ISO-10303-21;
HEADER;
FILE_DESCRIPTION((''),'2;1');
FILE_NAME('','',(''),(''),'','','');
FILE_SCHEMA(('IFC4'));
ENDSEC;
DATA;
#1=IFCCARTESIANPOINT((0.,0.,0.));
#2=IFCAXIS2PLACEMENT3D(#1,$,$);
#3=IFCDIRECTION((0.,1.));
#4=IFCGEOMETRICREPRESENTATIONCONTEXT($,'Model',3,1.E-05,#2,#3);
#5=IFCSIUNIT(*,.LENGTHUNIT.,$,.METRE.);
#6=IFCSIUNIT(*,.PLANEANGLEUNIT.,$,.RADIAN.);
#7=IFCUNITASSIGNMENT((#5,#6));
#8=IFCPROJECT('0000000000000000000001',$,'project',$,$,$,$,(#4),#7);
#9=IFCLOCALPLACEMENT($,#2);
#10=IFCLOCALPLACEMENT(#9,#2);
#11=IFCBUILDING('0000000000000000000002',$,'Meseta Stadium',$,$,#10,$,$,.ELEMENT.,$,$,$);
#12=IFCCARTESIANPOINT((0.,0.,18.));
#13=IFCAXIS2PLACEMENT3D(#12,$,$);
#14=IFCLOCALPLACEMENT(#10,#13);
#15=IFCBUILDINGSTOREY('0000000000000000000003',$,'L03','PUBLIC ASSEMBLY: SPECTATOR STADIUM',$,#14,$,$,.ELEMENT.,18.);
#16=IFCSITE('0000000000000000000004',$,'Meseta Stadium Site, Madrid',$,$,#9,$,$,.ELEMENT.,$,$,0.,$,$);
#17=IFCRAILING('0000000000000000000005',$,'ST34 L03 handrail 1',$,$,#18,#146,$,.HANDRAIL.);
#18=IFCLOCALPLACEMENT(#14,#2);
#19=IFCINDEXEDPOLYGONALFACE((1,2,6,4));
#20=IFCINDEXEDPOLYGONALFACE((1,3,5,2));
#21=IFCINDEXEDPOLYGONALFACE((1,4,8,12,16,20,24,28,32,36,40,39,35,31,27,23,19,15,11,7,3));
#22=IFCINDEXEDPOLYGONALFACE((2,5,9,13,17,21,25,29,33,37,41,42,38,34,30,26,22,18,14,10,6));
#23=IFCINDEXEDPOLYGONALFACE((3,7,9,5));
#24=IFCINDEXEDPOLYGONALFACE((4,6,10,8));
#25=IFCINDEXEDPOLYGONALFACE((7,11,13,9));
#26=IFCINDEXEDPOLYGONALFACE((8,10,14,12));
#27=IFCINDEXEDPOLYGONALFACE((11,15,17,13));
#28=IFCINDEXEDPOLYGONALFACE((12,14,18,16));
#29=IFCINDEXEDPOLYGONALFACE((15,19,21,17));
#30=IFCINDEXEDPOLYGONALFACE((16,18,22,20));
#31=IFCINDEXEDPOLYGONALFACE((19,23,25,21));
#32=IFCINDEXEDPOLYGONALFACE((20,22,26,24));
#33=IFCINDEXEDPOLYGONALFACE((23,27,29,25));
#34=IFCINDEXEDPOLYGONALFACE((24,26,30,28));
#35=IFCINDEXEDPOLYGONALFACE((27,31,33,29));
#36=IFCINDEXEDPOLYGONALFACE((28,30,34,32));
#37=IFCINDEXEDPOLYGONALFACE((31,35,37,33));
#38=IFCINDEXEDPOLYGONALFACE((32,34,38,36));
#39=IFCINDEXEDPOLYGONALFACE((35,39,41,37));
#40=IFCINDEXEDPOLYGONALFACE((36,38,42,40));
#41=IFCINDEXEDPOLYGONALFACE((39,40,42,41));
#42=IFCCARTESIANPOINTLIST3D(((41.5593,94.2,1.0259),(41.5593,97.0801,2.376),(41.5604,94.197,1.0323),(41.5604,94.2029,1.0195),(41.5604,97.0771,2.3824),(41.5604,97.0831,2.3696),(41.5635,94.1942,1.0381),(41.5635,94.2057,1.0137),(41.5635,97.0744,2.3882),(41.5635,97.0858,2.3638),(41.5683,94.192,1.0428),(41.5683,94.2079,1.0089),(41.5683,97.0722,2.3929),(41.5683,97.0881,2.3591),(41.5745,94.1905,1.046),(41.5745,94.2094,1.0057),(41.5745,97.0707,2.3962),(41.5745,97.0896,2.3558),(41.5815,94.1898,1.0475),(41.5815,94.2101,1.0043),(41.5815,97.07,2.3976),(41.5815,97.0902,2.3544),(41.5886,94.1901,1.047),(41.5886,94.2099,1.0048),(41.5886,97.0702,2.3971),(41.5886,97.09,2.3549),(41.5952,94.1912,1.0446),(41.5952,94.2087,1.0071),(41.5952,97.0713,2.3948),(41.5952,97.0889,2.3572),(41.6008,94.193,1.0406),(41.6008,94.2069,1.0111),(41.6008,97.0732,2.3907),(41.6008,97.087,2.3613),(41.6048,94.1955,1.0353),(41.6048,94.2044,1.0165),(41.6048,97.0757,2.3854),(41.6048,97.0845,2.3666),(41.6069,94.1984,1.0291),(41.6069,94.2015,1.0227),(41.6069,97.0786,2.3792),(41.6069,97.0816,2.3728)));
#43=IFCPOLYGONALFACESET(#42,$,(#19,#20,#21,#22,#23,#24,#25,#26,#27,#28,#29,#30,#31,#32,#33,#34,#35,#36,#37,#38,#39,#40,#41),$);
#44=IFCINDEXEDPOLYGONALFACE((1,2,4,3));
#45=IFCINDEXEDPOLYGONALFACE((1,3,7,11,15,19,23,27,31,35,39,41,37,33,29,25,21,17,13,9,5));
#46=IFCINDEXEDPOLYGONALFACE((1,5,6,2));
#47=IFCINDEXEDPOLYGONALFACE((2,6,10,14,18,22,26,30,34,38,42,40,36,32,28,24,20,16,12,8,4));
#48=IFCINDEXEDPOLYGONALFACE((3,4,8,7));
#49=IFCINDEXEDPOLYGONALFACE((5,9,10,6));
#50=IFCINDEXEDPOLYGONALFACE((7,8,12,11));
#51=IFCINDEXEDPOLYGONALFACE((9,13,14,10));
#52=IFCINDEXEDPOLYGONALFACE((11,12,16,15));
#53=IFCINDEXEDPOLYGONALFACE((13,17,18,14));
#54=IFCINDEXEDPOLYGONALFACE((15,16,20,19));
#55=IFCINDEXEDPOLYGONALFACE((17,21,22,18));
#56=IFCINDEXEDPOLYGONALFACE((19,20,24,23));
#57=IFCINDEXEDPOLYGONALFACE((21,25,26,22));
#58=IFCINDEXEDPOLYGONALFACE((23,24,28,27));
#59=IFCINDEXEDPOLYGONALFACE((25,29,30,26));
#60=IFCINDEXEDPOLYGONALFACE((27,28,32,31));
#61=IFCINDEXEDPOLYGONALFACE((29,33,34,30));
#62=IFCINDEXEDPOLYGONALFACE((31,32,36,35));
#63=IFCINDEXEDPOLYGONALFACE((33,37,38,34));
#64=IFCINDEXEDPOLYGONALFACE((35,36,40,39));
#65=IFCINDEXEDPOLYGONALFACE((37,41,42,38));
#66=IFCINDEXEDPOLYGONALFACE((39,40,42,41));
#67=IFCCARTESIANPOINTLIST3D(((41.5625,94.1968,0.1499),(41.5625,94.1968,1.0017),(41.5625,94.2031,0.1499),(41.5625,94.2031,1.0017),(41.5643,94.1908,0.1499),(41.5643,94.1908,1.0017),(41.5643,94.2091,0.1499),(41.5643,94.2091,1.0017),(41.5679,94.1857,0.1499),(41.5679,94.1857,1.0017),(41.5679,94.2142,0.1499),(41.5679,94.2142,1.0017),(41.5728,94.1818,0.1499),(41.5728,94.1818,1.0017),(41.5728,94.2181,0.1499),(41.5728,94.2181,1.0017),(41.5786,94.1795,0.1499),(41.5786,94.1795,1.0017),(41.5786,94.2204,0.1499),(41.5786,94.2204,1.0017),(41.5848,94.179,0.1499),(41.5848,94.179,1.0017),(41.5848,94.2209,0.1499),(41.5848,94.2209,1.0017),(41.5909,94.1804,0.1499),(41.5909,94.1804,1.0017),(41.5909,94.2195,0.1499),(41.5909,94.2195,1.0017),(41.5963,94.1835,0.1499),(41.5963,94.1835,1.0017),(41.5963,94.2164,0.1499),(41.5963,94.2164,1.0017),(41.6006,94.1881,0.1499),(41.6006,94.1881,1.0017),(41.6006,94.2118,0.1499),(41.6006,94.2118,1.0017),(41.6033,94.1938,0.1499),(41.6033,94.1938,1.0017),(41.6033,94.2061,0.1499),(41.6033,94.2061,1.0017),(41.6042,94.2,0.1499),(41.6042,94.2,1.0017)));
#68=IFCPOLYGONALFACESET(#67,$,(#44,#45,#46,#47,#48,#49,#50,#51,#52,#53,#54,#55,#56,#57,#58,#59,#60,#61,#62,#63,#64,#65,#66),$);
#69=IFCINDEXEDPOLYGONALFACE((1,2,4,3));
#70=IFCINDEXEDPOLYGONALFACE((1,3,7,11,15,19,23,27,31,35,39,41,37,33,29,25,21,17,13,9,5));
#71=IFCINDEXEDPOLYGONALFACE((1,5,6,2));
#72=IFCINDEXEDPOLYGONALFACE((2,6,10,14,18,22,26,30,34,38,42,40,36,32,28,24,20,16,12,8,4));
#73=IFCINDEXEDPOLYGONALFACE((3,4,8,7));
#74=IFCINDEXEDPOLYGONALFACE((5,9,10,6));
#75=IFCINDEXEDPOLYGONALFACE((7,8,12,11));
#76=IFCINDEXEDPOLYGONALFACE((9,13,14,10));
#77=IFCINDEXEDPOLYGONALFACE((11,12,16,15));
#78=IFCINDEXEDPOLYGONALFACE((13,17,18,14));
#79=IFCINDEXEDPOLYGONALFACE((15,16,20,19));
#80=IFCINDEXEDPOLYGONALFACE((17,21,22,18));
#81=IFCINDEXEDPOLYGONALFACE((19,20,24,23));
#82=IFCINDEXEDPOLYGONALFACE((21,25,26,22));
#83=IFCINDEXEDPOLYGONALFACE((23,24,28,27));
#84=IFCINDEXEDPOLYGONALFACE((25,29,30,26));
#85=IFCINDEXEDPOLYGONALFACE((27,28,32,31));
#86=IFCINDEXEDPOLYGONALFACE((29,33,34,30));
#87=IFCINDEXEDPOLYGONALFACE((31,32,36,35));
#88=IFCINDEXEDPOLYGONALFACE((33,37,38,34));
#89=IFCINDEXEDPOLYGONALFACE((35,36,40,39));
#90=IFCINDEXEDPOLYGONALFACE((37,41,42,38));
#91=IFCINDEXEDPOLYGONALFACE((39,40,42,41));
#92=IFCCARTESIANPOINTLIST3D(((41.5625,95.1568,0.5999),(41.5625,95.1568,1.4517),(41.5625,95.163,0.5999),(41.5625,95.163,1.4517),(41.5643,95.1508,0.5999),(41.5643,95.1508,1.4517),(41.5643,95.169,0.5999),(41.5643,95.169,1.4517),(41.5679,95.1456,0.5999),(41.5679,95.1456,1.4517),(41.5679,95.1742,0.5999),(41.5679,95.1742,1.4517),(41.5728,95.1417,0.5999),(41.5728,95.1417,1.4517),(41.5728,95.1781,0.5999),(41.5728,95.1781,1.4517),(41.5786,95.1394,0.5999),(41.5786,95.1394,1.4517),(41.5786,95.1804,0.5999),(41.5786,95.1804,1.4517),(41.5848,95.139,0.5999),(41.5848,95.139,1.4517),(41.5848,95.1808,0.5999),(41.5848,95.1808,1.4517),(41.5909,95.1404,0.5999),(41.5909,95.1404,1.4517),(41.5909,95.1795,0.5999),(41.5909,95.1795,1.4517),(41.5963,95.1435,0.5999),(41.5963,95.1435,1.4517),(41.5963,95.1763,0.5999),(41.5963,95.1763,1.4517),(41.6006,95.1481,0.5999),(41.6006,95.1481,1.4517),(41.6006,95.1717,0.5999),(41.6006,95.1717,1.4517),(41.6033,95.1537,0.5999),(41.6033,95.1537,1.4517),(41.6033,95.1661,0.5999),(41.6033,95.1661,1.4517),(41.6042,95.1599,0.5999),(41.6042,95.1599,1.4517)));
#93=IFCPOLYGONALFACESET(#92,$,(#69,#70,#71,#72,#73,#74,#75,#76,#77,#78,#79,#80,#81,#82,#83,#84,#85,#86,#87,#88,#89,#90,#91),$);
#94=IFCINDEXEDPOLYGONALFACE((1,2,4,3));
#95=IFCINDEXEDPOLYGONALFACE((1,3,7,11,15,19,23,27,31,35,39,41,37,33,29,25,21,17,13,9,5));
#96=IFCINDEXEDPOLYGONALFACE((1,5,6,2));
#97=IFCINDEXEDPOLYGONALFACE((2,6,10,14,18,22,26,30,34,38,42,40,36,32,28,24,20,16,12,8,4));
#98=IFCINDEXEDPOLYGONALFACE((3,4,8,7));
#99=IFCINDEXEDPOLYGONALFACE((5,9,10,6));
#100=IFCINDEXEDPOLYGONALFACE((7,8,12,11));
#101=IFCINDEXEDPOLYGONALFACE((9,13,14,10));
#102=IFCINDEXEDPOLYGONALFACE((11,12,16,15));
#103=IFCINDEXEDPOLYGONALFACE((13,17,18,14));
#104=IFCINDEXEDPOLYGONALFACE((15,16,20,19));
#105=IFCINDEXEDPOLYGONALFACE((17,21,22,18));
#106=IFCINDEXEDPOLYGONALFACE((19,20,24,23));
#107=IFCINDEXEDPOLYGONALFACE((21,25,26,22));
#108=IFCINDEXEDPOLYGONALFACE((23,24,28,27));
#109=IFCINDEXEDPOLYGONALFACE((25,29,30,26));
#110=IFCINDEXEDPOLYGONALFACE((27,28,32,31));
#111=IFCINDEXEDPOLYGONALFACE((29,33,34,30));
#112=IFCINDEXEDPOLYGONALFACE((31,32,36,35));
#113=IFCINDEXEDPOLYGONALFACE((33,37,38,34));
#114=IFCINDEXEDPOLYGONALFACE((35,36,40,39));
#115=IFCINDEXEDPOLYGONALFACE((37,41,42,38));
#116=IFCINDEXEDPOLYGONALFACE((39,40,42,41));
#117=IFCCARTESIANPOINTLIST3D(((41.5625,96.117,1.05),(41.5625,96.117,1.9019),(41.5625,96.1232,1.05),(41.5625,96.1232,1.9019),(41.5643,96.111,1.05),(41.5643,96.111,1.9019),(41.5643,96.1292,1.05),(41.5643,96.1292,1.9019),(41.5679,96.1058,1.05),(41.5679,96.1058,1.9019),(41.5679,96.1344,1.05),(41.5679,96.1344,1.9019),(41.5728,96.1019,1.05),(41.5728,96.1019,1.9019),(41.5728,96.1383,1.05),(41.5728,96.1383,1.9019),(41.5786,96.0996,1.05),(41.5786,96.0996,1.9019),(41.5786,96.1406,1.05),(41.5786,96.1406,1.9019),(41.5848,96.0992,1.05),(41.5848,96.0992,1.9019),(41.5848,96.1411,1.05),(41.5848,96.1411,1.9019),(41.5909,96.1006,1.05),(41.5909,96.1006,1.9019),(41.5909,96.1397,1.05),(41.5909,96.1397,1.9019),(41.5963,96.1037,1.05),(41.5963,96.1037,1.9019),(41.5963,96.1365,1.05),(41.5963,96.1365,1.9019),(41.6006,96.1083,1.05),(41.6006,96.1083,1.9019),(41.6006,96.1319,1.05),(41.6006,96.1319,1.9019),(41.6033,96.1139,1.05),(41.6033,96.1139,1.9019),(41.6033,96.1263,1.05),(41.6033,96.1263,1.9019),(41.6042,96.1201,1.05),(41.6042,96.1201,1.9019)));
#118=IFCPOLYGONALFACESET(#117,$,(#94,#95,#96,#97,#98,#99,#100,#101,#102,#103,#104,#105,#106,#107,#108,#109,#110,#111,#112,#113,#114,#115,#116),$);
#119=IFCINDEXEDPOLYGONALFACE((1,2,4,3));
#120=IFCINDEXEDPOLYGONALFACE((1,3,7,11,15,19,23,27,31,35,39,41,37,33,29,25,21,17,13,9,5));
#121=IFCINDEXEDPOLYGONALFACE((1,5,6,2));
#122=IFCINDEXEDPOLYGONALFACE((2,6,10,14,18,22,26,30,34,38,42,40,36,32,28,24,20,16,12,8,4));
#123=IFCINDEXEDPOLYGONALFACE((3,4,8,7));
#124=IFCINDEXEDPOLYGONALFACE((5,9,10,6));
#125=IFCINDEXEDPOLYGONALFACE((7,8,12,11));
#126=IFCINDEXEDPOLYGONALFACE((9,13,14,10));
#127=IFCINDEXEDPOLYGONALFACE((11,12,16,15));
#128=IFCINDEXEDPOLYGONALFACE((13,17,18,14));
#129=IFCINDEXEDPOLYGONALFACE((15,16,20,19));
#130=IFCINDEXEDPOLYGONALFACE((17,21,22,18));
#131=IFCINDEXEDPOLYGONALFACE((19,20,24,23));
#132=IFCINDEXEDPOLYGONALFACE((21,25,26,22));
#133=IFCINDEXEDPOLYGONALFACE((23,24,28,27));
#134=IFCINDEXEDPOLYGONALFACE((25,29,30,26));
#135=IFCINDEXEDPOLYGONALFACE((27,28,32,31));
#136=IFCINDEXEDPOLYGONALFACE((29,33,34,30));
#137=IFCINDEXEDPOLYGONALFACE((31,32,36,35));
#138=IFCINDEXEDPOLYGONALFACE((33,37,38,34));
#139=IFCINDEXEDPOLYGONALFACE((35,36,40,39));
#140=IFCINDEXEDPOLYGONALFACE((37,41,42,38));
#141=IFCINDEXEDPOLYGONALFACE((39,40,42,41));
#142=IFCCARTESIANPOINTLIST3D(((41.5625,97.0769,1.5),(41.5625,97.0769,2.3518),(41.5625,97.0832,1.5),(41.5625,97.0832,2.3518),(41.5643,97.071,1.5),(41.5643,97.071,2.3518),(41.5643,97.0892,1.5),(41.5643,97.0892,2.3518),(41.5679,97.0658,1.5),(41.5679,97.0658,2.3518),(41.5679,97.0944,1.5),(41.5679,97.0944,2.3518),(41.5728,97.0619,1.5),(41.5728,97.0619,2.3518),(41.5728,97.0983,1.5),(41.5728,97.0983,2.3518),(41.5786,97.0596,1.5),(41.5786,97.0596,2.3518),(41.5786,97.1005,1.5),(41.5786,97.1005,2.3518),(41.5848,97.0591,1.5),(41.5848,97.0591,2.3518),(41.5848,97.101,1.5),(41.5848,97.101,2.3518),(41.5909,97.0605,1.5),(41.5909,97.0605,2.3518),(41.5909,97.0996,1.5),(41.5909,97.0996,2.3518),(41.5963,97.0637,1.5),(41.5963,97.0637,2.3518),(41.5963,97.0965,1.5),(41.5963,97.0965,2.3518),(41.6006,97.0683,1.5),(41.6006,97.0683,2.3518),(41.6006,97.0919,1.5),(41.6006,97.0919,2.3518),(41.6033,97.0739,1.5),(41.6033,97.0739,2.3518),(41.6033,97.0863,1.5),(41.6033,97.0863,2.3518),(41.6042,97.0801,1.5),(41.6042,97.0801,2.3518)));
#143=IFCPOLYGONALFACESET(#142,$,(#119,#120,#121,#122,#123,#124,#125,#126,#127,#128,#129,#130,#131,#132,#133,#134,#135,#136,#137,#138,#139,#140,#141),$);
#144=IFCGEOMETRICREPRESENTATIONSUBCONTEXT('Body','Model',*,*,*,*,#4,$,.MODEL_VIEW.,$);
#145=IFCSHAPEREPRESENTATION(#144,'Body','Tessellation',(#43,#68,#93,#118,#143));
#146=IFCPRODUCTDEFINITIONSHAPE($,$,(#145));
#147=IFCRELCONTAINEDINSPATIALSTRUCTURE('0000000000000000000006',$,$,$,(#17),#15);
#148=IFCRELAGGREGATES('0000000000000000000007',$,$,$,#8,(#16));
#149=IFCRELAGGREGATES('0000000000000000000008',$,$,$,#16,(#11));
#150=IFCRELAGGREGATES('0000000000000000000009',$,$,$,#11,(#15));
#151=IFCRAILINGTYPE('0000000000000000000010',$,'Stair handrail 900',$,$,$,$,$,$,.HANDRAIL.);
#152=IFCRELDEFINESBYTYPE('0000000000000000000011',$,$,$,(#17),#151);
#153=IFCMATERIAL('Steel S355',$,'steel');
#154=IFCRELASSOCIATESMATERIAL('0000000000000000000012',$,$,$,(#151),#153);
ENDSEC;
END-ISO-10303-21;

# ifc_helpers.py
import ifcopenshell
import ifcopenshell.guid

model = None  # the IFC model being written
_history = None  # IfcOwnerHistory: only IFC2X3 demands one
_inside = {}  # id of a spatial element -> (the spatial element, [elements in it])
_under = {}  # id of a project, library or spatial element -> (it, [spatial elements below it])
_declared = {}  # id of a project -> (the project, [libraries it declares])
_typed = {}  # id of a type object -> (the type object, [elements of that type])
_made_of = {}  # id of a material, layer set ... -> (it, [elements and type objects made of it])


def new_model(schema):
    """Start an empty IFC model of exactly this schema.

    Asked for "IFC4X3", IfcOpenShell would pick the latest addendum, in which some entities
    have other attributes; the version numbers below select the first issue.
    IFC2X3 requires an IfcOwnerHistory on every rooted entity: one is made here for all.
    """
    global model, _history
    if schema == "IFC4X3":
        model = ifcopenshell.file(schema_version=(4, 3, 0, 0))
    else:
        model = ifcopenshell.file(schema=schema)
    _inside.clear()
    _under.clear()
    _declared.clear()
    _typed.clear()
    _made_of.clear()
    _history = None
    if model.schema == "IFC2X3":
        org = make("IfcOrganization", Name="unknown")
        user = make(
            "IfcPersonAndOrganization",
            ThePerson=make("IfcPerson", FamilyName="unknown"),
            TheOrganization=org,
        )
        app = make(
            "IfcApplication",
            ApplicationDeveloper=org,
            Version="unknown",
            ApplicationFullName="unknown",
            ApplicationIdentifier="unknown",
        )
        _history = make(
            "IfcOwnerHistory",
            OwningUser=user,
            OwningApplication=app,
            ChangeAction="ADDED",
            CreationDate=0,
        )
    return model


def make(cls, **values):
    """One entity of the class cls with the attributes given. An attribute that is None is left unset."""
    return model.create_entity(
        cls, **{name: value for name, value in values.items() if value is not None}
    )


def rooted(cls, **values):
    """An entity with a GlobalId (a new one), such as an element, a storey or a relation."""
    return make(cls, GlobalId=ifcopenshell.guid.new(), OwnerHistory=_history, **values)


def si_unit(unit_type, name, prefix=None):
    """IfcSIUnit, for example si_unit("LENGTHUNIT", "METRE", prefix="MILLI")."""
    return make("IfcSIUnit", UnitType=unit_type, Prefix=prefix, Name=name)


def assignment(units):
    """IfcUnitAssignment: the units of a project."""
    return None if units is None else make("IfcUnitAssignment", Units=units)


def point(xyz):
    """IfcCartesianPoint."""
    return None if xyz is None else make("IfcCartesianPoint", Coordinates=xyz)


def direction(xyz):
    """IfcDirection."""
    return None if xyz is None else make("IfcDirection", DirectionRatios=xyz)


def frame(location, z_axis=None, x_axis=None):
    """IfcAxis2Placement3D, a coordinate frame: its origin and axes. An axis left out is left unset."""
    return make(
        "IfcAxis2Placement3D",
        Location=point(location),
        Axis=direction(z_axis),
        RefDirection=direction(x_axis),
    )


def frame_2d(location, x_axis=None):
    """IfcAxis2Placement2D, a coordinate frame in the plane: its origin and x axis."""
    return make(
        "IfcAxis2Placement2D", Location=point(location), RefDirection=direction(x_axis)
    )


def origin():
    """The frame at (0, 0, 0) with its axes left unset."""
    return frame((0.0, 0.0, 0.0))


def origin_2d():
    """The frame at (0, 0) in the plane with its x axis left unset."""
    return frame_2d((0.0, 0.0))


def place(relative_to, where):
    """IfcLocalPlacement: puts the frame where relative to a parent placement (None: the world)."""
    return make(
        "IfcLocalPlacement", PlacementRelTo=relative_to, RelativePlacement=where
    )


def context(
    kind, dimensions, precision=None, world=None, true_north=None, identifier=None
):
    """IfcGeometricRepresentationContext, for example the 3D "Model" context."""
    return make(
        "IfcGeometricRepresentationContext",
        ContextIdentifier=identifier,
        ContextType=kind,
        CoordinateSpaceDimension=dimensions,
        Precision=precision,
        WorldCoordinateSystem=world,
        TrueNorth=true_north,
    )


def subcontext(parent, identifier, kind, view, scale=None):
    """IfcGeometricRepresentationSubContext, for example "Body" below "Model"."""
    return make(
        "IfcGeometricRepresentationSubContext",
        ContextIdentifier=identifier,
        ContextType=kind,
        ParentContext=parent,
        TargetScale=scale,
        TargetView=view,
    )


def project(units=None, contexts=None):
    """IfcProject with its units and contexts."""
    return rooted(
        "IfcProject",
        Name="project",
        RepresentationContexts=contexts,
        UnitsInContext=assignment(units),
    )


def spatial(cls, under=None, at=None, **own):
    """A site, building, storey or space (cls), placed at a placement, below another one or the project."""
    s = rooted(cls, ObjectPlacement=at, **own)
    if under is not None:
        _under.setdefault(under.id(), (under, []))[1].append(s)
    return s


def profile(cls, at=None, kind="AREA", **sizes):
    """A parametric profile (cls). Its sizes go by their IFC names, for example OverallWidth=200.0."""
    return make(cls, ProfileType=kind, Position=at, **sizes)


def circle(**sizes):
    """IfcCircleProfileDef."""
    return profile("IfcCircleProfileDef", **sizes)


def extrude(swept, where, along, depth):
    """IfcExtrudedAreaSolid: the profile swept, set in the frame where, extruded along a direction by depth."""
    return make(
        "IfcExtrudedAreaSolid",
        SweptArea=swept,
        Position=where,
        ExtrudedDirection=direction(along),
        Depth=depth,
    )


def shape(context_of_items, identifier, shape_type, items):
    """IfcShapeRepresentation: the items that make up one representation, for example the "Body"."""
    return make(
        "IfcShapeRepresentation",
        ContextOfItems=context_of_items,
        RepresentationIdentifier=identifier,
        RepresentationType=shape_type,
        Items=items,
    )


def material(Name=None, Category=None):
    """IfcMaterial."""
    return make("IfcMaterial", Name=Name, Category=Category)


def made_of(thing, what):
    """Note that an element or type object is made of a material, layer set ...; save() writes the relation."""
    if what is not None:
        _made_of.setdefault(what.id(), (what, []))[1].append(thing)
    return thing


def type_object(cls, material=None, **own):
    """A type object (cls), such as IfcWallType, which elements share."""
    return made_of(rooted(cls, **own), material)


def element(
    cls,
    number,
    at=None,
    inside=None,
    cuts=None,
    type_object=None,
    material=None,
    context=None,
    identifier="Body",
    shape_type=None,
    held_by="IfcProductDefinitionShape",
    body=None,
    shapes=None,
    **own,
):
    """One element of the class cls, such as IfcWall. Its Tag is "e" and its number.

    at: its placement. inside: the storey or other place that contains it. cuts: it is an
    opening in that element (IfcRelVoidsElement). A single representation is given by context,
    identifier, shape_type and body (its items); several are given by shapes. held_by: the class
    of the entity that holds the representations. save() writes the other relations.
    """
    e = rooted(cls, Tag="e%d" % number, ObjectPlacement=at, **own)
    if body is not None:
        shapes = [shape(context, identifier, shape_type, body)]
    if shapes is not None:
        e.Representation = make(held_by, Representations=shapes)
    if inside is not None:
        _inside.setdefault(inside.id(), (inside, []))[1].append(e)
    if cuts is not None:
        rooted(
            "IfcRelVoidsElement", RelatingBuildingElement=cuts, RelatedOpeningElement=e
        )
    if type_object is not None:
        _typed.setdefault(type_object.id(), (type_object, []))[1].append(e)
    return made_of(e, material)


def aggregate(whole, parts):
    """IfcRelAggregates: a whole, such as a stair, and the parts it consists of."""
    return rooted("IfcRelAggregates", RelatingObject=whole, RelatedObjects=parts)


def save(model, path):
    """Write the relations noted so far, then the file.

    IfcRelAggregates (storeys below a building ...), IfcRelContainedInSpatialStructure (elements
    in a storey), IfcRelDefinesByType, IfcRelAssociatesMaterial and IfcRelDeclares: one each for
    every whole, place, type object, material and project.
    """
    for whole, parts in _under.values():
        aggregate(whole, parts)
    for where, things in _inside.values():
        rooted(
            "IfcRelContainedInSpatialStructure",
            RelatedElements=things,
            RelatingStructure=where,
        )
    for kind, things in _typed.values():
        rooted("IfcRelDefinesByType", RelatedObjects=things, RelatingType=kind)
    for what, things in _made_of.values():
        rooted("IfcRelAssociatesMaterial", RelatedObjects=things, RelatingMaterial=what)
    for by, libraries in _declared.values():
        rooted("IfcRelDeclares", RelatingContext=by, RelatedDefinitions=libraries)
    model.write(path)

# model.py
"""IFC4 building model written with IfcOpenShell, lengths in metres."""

from ifc_helpers import new_model, si_unit, direction, frame, origin, origin_2d, place, context, subcontext, project, spatial, circle, extrude, material, type_object, element, save


model = new_model("IFC4")

# Units and contexts
model_context = context("Model", 3, precision=1e-05, world=origin(), true_north=direction((0.0, 1.0)))
body_context = subcontext(model_context, "Body", "Model", "MODEL_VIEW")
ifc_project = project(units=[si_unit("LENGTHUNIT", "METRE"), si_unit("PLANEANGLEUNIT", "RADIAN")], contexts=[model_context])

# Site, building, storey
site_placement = place(None, origin())
site = spatial("IfcSite", under=ifc_project, at=site_placement, Name="Meseta Stadium Site, Madrid", CompositionType="ELEMENT", RefElevation=0.0)
building_placement = place(site_placement, origin())
building = spatial("IfcBuilding", under=site, at=building_placement, Name="Meseta Stadium", CompositionType="ELEMENT")
storey_placement = place(building_placement, frame((0.0, 0.0, 18.0)))
storey = spatial("IfcBuildingStorey", under=building, at=storey_placement, Name="L03", Description="PUBLIC ASSEMBLY: SPECTATOR STADIUM", CompositionType="ELEMENT", Elevation=18.0)

# Railing
ifc_material_1 = material(Name="Steel S355", Category="steel")
railing_type_1 = type_object("IfcRailingType", Name="Stair handrail 900", PredefinedType="HANDRAIL", material=ifc_material_1)
for number, where, name in (
    (1, (41.5833, 94.2, 0.1499), "ST34 L03 handrail 1"),
):
    element("IfcRailing", number, at=place(storey_placement, frame(where)), inside=storey, type_object=railing_type_1, Name=name, PredefinedType="HANDRAIL", context=body_context, shape_type="SweptSolid", body=[
        extrude(circle(Radius=0.0239, at=origin_2d()), frame((0.0, 0.0, 0.876), z_axis=(0.0, 0.905454, 0.424444), x_axis=(-1.0, 0.0, 0.0)), (0.0, 0.0, 1.0), 3.1809),
        extrude(circle(Radius=0.021, at=origin_2d()), origin(), (0.0, 0.0, 1.0), 0.8518),
        extrude(circle(Radius=0.021, at=origin_2d()), frame((0.0, 0.96, 0.45)), (0.0, 0.0, 1.0), 0.8518),
        extrude(circle(Radius=0.021, at=origin_2d()), frame((0.0, 1.9202, 0.9001)), (0.0, 0.0, 1.0), 0.8518),
        extrude(circle(Radius=0.021, at=origin_2d()), frame((0.0, 2.8801, 1.3501)), (0.0, 0.0, 1.0), 0.8518),
    ])

save(model, "model.ifc")
